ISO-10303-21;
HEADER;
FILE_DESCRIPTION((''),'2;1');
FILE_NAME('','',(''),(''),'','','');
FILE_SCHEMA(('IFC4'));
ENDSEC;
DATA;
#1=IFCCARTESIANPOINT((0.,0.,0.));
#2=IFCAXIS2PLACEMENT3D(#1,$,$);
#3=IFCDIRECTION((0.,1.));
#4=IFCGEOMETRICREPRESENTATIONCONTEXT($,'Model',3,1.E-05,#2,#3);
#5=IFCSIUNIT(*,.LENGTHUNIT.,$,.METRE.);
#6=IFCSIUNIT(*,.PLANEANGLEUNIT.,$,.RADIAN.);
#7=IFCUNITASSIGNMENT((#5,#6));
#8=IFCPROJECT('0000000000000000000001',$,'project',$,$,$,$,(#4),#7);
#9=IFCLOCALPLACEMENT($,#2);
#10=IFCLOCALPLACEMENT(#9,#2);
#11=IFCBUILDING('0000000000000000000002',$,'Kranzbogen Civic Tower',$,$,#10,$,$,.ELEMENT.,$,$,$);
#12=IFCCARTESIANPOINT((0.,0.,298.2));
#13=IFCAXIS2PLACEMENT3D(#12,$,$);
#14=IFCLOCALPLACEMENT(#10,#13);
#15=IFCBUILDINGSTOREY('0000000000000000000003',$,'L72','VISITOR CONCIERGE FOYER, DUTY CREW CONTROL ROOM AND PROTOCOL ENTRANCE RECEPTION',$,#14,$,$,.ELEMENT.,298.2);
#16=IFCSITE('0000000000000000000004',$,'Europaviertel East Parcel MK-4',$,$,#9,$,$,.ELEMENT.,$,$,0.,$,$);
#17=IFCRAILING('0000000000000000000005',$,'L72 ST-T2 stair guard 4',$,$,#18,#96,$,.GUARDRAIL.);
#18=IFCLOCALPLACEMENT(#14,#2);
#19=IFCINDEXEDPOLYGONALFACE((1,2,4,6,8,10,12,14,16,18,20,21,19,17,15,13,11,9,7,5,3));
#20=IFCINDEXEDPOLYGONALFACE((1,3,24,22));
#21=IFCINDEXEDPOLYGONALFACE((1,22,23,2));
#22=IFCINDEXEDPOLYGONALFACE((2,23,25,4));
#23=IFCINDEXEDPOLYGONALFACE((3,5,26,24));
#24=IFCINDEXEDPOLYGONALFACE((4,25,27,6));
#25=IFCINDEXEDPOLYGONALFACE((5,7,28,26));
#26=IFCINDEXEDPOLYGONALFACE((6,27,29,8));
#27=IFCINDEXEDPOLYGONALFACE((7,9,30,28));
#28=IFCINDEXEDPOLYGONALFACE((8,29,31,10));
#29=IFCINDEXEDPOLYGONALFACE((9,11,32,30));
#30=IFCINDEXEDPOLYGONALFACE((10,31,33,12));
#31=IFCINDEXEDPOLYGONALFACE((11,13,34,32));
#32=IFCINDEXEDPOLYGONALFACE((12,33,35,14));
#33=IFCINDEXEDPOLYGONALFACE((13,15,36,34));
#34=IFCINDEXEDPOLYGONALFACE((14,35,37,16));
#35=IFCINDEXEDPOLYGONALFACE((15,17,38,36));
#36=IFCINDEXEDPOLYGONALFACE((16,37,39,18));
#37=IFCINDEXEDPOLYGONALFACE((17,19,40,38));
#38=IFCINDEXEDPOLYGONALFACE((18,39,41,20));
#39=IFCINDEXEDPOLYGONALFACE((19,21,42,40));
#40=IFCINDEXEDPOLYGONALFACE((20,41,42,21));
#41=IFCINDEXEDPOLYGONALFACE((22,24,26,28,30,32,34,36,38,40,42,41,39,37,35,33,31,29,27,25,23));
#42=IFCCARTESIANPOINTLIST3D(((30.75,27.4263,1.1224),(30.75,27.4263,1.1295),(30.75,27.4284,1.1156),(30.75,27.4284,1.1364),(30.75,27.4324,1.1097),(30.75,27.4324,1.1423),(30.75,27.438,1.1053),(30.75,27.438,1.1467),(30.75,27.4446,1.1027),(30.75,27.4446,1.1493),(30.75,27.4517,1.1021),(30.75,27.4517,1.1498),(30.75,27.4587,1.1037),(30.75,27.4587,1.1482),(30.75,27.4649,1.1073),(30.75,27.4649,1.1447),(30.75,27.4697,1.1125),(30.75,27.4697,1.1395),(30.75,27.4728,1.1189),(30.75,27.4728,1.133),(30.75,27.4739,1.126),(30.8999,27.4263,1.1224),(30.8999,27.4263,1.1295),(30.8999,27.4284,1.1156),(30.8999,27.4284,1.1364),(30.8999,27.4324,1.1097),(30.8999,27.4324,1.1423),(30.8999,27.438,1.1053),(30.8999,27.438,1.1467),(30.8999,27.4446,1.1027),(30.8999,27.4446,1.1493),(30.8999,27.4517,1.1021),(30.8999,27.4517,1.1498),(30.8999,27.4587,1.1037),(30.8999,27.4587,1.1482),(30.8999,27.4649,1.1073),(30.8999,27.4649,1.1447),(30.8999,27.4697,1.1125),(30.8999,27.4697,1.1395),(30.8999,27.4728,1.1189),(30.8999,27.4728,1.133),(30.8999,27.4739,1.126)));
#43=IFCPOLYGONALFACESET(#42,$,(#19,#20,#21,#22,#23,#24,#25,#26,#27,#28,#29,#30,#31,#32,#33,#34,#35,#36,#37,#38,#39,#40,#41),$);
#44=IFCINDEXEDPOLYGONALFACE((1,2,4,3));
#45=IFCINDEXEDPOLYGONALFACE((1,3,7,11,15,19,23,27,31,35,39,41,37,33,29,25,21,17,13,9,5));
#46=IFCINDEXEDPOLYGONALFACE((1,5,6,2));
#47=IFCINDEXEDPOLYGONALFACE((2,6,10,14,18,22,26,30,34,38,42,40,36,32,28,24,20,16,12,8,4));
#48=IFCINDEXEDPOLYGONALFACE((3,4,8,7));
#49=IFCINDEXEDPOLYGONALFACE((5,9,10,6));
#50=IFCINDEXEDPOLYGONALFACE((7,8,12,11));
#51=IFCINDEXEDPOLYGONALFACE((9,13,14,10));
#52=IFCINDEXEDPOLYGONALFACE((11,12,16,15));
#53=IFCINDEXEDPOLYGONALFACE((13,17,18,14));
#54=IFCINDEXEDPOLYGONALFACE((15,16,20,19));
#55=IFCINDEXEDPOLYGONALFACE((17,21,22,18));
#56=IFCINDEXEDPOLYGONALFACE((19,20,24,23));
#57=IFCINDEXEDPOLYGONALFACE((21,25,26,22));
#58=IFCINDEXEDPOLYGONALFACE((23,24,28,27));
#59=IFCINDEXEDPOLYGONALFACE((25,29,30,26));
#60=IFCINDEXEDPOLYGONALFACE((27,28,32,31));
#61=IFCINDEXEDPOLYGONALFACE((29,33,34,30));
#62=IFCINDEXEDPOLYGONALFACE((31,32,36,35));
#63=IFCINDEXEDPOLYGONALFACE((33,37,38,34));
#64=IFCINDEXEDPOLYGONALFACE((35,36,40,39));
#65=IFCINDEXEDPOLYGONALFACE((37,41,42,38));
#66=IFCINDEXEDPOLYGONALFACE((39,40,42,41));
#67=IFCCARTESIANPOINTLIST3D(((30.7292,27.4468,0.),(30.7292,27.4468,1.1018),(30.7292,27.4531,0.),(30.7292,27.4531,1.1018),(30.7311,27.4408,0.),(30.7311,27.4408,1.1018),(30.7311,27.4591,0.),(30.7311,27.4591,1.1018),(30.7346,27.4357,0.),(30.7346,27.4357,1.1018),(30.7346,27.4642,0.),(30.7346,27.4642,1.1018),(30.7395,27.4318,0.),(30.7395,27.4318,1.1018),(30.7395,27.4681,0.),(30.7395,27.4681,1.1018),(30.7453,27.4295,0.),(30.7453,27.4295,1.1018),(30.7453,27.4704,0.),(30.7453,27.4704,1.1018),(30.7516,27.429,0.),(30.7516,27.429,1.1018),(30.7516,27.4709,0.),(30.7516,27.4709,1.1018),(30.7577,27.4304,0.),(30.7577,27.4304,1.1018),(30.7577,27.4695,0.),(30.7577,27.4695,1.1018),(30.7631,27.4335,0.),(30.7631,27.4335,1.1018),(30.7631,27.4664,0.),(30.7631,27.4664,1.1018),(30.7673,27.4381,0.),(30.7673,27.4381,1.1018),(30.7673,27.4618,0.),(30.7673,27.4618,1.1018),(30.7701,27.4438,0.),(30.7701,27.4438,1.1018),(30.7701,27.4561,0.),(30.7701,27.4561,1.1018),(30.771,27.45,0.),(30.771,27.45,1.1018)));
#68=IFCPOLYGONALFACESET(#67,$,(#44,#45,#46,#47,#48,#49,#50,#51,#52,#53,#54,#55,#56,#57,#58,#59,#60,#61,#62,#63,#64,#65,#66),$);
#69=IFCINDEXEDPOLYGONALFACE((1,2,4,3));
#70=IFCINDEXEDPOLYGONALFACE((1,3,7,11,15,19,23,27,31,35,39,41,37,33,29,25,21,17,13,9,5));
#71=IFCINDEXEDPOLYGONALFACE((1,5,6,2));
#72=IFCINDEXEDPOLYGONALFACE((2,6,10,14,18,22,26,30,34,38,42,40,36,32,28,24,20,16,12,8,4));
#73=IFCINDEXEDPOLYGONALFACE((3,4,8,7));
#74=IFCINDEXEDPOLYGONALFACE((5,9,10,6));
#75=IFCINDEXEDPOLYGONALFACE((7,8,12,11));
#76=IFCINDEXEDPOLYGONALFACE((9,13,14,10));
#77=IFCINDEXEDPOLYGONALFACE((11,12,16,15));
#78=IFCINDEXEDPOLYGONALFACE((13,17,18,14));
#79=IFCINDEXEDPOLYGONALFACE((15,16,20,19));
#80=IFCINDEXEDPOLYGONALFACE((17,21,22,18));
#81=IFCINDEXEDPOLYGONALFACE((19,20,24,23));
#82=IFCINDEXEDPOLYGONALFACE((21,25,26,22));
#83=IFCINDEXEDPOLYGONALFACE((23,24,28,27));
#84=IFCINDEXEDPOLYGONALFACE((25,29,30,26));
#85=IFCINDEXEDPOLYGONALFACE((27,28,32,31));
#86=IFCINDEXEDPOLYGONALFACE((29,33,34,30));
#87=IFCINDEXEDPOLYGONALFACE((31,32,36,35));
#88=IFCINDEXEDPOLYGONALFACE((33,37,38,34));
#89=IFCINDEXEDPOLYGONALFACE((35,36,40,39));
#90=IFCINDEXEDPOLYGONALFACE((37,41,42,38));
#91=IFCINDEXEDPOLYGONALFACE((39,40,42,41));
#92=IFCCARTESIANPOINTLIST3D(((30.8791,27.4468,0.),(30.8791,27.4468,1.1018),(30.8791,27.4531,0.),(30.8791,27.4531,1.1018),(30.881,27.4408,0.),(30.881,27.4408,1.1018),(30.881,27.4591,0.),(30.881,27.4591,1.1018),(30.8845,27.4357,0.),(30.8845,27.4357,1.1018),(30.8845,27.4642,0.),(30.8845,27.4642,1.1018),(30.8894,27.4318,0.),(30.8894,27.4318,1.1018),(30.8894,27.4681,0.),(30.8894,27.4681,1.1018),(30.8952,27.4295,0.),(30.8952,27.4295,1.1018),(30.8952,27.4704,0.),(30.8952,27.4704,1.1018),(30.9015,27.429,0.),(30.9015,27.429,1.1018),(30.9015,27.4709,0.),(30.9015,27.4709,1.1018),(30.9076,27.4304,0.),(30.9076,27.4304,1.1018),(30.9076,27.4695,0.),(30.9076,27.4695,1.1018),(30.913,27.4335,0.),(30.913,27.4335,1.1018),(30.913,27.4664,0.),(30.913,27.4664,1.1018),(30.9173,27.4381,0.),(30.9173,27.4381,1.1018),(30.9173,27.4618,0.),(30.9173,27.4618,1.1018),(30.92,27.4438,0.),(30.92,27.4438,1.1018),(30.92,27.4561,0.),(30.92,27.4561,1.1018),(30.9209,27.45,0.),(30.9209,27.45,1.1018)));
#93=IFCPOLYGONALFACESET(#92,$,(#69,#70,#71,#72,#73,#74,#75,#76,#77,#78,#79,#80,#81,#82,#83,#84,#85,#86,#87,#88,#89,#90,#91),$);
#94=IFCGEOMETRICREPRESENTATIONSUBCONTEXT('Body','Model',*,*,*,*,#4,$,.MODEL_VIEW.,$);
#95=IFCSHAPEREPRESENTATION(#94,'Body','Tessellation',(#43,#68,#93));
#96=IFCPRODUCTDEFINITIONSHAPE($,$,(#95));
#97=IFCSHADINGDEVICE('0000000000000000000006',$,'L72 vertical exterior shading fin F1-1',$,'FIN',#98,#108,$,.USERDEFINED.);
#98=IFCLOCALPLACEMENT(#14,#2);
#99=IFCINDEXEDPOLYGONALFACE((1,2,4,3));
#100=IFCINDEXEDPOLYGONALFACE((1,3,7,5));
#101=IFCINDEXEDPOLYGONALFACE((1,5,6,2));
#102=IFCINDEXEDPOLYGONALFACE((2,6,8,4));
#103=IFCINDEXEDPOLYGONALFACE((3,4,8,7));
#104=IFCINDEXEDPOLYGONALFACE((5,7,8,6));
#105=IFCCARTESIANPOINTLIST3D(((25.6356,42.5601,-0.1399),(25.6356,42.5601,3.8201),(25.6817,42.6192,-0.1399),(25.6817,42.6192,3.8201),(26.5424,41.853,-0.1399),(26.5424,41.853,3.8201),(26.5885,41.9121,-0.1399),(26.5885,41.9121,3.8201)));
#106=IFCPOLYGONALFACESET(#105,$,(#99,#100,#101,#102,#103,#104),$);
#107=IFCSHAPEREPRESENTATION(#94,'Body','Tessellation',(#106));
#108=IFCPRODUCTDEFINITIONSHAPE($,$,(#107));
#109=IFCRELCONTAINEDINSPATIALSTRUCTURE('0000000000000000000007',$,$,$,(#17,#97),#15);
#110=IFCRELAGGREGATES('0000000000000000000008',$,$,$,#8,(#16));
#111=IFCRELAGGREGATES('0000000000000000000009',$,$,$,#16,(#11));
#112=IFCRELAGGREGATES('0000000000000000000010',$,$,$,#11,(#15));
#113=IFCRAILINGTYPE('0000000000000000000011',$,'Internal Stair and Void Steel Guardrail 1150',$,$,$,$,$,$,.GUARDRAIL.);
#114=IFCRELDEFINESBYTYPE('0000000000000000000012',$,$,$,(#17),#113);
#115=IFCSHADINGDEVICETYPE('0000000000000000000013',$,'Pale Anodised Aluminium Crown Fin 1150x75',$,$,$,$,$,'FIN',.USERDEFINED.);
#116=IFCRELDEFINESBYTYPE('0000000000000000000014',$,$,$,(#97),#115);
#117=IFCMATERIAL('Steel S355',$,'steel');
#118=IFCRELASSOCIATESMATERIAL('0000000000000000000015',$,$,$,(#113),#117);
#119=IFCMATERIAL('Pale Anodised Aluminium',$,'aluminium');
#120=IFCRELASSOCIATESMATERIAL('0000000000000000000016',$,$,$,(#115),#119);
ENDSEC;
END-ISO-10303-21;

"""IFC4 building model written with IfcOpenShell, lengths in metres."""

from ifc_helpers import new_model, si_unit, direction, frame, origin, origin_2d, place, context, subcontext, project, spatial, rectangle, circle, extrude, material, type_object, element, save


model = new_model("IFC4")

# Units and contexts
model_context = context("Model", 3, precision=1e-05, world=origin(), true_north=direction((0.0, 1.0)))
body_context = subcontext(model_context, "Body", "Model", "MODEL_VIEW")
ifc_project = project(units=[si_unit("LENGTHUNIT", "METRE"), si_unit("PLANEANGLEUNIT", "RADIAN")], contexts=[model_context])

# Site, building, storey
site_placement = place(None, origin())
site = spatial("IfcSite", under=ifc_project, at=site_placement, Name="Europaviertel East Parcel MK-4", CompositionType="ELEMENT", RefElevation=0.0)
building_placement = place(site_placement, origin())
building = spatial("IfcBuilding", under=site, at=building_placement, Name="Kranzbogen Civic Tower", CompositionType="ELEMENT")
storey_placement = place(building_placement, frame((0.0, 0.0, 298.2)))
storey = spatial("IfcBuildingStorey", under=building, at=storey_placement, Name="L72", Description="VISITOR CONCIERGE FOYER, DUTY CREW CONTROL ROOM AND PROTOCOL ENTRANCE RECEPTION", CompositionType="ELEMENT", Elevation=298.2)

# Shared definitions
ifc_material_1 = material(Name="Steel S355", Category="steel")

# Shared definitions
ifc_material_2 = material(Name="Pale Anodised Aluminium", Category="aluminium")

# Railing
railing_type_1 = type_object("IfcRailingType", Name="Internal Stair and Void Steel Guardrail 1150", PredefinedType="GUARDRAIL", material=ifc_material_1)
railing_1_placement = place(storey_placement, frame((30.75, 27.45, 0.0)))
element("IfcRailing", 1, at=railing_1_placement, inside=storey, type_object=railing_type_1, Name="L72 ST-T2 stair guard 4", PredefinedType="GUARDRAIL", context=body_context, shape_type="SweptSolid", body=[
    extrude(circle(Radius=0.0239, at=origin_2d()), frame((0.0, 0.0, 1.126), z_axis=(1.0, 0.0, 0.0), x_axis=(0.0, 1.0, 0.0)), (0.0, 0.0, 1.0), 0.1499),
    extrude(circle(Radius=0.021, at=origin_2d()), origin(), (0.0, 0.0, 1.0), 1.1018),
    extrude(circle(Radius=0.021, at=origin_2d()), frame((0.1499, 0.0, 0.0)), (0.0, 0.0, 1.0), 1.1018),
])

# Shading device
shading_device_type = type_object("IfcShadingDeviceType", Name="Pale Anodised Aluminium Crown Fin 1150x75", ElementType="FIN", PredefinedType="USERDEFINED", material=ifc_material_2)
shading_device_placement = place(storey_placement, frame((26.1121, 42.2361, -0.1399), z_axis=(0.0, 0.0, 1.0), x_axis=(-0.788601, 0.614905, 0.0)))
element("IfcShadingDevice", 2, at=shading_device_placement, inside=storey, type_object=shading_device_type, Name="L72 vertical exterior shading fin F1-1", ObjectType="FIN", PredefinedType="USERDEFINED", context=body_context, shape_type="SweptSolid", body=[
    extrude(rectangle(XDim=1.1499, YDim=0.075, at=origin_2d()), origin(), (0.0, 0.0, 1.0), 3.96),
])

save(model, "model.ifc")
